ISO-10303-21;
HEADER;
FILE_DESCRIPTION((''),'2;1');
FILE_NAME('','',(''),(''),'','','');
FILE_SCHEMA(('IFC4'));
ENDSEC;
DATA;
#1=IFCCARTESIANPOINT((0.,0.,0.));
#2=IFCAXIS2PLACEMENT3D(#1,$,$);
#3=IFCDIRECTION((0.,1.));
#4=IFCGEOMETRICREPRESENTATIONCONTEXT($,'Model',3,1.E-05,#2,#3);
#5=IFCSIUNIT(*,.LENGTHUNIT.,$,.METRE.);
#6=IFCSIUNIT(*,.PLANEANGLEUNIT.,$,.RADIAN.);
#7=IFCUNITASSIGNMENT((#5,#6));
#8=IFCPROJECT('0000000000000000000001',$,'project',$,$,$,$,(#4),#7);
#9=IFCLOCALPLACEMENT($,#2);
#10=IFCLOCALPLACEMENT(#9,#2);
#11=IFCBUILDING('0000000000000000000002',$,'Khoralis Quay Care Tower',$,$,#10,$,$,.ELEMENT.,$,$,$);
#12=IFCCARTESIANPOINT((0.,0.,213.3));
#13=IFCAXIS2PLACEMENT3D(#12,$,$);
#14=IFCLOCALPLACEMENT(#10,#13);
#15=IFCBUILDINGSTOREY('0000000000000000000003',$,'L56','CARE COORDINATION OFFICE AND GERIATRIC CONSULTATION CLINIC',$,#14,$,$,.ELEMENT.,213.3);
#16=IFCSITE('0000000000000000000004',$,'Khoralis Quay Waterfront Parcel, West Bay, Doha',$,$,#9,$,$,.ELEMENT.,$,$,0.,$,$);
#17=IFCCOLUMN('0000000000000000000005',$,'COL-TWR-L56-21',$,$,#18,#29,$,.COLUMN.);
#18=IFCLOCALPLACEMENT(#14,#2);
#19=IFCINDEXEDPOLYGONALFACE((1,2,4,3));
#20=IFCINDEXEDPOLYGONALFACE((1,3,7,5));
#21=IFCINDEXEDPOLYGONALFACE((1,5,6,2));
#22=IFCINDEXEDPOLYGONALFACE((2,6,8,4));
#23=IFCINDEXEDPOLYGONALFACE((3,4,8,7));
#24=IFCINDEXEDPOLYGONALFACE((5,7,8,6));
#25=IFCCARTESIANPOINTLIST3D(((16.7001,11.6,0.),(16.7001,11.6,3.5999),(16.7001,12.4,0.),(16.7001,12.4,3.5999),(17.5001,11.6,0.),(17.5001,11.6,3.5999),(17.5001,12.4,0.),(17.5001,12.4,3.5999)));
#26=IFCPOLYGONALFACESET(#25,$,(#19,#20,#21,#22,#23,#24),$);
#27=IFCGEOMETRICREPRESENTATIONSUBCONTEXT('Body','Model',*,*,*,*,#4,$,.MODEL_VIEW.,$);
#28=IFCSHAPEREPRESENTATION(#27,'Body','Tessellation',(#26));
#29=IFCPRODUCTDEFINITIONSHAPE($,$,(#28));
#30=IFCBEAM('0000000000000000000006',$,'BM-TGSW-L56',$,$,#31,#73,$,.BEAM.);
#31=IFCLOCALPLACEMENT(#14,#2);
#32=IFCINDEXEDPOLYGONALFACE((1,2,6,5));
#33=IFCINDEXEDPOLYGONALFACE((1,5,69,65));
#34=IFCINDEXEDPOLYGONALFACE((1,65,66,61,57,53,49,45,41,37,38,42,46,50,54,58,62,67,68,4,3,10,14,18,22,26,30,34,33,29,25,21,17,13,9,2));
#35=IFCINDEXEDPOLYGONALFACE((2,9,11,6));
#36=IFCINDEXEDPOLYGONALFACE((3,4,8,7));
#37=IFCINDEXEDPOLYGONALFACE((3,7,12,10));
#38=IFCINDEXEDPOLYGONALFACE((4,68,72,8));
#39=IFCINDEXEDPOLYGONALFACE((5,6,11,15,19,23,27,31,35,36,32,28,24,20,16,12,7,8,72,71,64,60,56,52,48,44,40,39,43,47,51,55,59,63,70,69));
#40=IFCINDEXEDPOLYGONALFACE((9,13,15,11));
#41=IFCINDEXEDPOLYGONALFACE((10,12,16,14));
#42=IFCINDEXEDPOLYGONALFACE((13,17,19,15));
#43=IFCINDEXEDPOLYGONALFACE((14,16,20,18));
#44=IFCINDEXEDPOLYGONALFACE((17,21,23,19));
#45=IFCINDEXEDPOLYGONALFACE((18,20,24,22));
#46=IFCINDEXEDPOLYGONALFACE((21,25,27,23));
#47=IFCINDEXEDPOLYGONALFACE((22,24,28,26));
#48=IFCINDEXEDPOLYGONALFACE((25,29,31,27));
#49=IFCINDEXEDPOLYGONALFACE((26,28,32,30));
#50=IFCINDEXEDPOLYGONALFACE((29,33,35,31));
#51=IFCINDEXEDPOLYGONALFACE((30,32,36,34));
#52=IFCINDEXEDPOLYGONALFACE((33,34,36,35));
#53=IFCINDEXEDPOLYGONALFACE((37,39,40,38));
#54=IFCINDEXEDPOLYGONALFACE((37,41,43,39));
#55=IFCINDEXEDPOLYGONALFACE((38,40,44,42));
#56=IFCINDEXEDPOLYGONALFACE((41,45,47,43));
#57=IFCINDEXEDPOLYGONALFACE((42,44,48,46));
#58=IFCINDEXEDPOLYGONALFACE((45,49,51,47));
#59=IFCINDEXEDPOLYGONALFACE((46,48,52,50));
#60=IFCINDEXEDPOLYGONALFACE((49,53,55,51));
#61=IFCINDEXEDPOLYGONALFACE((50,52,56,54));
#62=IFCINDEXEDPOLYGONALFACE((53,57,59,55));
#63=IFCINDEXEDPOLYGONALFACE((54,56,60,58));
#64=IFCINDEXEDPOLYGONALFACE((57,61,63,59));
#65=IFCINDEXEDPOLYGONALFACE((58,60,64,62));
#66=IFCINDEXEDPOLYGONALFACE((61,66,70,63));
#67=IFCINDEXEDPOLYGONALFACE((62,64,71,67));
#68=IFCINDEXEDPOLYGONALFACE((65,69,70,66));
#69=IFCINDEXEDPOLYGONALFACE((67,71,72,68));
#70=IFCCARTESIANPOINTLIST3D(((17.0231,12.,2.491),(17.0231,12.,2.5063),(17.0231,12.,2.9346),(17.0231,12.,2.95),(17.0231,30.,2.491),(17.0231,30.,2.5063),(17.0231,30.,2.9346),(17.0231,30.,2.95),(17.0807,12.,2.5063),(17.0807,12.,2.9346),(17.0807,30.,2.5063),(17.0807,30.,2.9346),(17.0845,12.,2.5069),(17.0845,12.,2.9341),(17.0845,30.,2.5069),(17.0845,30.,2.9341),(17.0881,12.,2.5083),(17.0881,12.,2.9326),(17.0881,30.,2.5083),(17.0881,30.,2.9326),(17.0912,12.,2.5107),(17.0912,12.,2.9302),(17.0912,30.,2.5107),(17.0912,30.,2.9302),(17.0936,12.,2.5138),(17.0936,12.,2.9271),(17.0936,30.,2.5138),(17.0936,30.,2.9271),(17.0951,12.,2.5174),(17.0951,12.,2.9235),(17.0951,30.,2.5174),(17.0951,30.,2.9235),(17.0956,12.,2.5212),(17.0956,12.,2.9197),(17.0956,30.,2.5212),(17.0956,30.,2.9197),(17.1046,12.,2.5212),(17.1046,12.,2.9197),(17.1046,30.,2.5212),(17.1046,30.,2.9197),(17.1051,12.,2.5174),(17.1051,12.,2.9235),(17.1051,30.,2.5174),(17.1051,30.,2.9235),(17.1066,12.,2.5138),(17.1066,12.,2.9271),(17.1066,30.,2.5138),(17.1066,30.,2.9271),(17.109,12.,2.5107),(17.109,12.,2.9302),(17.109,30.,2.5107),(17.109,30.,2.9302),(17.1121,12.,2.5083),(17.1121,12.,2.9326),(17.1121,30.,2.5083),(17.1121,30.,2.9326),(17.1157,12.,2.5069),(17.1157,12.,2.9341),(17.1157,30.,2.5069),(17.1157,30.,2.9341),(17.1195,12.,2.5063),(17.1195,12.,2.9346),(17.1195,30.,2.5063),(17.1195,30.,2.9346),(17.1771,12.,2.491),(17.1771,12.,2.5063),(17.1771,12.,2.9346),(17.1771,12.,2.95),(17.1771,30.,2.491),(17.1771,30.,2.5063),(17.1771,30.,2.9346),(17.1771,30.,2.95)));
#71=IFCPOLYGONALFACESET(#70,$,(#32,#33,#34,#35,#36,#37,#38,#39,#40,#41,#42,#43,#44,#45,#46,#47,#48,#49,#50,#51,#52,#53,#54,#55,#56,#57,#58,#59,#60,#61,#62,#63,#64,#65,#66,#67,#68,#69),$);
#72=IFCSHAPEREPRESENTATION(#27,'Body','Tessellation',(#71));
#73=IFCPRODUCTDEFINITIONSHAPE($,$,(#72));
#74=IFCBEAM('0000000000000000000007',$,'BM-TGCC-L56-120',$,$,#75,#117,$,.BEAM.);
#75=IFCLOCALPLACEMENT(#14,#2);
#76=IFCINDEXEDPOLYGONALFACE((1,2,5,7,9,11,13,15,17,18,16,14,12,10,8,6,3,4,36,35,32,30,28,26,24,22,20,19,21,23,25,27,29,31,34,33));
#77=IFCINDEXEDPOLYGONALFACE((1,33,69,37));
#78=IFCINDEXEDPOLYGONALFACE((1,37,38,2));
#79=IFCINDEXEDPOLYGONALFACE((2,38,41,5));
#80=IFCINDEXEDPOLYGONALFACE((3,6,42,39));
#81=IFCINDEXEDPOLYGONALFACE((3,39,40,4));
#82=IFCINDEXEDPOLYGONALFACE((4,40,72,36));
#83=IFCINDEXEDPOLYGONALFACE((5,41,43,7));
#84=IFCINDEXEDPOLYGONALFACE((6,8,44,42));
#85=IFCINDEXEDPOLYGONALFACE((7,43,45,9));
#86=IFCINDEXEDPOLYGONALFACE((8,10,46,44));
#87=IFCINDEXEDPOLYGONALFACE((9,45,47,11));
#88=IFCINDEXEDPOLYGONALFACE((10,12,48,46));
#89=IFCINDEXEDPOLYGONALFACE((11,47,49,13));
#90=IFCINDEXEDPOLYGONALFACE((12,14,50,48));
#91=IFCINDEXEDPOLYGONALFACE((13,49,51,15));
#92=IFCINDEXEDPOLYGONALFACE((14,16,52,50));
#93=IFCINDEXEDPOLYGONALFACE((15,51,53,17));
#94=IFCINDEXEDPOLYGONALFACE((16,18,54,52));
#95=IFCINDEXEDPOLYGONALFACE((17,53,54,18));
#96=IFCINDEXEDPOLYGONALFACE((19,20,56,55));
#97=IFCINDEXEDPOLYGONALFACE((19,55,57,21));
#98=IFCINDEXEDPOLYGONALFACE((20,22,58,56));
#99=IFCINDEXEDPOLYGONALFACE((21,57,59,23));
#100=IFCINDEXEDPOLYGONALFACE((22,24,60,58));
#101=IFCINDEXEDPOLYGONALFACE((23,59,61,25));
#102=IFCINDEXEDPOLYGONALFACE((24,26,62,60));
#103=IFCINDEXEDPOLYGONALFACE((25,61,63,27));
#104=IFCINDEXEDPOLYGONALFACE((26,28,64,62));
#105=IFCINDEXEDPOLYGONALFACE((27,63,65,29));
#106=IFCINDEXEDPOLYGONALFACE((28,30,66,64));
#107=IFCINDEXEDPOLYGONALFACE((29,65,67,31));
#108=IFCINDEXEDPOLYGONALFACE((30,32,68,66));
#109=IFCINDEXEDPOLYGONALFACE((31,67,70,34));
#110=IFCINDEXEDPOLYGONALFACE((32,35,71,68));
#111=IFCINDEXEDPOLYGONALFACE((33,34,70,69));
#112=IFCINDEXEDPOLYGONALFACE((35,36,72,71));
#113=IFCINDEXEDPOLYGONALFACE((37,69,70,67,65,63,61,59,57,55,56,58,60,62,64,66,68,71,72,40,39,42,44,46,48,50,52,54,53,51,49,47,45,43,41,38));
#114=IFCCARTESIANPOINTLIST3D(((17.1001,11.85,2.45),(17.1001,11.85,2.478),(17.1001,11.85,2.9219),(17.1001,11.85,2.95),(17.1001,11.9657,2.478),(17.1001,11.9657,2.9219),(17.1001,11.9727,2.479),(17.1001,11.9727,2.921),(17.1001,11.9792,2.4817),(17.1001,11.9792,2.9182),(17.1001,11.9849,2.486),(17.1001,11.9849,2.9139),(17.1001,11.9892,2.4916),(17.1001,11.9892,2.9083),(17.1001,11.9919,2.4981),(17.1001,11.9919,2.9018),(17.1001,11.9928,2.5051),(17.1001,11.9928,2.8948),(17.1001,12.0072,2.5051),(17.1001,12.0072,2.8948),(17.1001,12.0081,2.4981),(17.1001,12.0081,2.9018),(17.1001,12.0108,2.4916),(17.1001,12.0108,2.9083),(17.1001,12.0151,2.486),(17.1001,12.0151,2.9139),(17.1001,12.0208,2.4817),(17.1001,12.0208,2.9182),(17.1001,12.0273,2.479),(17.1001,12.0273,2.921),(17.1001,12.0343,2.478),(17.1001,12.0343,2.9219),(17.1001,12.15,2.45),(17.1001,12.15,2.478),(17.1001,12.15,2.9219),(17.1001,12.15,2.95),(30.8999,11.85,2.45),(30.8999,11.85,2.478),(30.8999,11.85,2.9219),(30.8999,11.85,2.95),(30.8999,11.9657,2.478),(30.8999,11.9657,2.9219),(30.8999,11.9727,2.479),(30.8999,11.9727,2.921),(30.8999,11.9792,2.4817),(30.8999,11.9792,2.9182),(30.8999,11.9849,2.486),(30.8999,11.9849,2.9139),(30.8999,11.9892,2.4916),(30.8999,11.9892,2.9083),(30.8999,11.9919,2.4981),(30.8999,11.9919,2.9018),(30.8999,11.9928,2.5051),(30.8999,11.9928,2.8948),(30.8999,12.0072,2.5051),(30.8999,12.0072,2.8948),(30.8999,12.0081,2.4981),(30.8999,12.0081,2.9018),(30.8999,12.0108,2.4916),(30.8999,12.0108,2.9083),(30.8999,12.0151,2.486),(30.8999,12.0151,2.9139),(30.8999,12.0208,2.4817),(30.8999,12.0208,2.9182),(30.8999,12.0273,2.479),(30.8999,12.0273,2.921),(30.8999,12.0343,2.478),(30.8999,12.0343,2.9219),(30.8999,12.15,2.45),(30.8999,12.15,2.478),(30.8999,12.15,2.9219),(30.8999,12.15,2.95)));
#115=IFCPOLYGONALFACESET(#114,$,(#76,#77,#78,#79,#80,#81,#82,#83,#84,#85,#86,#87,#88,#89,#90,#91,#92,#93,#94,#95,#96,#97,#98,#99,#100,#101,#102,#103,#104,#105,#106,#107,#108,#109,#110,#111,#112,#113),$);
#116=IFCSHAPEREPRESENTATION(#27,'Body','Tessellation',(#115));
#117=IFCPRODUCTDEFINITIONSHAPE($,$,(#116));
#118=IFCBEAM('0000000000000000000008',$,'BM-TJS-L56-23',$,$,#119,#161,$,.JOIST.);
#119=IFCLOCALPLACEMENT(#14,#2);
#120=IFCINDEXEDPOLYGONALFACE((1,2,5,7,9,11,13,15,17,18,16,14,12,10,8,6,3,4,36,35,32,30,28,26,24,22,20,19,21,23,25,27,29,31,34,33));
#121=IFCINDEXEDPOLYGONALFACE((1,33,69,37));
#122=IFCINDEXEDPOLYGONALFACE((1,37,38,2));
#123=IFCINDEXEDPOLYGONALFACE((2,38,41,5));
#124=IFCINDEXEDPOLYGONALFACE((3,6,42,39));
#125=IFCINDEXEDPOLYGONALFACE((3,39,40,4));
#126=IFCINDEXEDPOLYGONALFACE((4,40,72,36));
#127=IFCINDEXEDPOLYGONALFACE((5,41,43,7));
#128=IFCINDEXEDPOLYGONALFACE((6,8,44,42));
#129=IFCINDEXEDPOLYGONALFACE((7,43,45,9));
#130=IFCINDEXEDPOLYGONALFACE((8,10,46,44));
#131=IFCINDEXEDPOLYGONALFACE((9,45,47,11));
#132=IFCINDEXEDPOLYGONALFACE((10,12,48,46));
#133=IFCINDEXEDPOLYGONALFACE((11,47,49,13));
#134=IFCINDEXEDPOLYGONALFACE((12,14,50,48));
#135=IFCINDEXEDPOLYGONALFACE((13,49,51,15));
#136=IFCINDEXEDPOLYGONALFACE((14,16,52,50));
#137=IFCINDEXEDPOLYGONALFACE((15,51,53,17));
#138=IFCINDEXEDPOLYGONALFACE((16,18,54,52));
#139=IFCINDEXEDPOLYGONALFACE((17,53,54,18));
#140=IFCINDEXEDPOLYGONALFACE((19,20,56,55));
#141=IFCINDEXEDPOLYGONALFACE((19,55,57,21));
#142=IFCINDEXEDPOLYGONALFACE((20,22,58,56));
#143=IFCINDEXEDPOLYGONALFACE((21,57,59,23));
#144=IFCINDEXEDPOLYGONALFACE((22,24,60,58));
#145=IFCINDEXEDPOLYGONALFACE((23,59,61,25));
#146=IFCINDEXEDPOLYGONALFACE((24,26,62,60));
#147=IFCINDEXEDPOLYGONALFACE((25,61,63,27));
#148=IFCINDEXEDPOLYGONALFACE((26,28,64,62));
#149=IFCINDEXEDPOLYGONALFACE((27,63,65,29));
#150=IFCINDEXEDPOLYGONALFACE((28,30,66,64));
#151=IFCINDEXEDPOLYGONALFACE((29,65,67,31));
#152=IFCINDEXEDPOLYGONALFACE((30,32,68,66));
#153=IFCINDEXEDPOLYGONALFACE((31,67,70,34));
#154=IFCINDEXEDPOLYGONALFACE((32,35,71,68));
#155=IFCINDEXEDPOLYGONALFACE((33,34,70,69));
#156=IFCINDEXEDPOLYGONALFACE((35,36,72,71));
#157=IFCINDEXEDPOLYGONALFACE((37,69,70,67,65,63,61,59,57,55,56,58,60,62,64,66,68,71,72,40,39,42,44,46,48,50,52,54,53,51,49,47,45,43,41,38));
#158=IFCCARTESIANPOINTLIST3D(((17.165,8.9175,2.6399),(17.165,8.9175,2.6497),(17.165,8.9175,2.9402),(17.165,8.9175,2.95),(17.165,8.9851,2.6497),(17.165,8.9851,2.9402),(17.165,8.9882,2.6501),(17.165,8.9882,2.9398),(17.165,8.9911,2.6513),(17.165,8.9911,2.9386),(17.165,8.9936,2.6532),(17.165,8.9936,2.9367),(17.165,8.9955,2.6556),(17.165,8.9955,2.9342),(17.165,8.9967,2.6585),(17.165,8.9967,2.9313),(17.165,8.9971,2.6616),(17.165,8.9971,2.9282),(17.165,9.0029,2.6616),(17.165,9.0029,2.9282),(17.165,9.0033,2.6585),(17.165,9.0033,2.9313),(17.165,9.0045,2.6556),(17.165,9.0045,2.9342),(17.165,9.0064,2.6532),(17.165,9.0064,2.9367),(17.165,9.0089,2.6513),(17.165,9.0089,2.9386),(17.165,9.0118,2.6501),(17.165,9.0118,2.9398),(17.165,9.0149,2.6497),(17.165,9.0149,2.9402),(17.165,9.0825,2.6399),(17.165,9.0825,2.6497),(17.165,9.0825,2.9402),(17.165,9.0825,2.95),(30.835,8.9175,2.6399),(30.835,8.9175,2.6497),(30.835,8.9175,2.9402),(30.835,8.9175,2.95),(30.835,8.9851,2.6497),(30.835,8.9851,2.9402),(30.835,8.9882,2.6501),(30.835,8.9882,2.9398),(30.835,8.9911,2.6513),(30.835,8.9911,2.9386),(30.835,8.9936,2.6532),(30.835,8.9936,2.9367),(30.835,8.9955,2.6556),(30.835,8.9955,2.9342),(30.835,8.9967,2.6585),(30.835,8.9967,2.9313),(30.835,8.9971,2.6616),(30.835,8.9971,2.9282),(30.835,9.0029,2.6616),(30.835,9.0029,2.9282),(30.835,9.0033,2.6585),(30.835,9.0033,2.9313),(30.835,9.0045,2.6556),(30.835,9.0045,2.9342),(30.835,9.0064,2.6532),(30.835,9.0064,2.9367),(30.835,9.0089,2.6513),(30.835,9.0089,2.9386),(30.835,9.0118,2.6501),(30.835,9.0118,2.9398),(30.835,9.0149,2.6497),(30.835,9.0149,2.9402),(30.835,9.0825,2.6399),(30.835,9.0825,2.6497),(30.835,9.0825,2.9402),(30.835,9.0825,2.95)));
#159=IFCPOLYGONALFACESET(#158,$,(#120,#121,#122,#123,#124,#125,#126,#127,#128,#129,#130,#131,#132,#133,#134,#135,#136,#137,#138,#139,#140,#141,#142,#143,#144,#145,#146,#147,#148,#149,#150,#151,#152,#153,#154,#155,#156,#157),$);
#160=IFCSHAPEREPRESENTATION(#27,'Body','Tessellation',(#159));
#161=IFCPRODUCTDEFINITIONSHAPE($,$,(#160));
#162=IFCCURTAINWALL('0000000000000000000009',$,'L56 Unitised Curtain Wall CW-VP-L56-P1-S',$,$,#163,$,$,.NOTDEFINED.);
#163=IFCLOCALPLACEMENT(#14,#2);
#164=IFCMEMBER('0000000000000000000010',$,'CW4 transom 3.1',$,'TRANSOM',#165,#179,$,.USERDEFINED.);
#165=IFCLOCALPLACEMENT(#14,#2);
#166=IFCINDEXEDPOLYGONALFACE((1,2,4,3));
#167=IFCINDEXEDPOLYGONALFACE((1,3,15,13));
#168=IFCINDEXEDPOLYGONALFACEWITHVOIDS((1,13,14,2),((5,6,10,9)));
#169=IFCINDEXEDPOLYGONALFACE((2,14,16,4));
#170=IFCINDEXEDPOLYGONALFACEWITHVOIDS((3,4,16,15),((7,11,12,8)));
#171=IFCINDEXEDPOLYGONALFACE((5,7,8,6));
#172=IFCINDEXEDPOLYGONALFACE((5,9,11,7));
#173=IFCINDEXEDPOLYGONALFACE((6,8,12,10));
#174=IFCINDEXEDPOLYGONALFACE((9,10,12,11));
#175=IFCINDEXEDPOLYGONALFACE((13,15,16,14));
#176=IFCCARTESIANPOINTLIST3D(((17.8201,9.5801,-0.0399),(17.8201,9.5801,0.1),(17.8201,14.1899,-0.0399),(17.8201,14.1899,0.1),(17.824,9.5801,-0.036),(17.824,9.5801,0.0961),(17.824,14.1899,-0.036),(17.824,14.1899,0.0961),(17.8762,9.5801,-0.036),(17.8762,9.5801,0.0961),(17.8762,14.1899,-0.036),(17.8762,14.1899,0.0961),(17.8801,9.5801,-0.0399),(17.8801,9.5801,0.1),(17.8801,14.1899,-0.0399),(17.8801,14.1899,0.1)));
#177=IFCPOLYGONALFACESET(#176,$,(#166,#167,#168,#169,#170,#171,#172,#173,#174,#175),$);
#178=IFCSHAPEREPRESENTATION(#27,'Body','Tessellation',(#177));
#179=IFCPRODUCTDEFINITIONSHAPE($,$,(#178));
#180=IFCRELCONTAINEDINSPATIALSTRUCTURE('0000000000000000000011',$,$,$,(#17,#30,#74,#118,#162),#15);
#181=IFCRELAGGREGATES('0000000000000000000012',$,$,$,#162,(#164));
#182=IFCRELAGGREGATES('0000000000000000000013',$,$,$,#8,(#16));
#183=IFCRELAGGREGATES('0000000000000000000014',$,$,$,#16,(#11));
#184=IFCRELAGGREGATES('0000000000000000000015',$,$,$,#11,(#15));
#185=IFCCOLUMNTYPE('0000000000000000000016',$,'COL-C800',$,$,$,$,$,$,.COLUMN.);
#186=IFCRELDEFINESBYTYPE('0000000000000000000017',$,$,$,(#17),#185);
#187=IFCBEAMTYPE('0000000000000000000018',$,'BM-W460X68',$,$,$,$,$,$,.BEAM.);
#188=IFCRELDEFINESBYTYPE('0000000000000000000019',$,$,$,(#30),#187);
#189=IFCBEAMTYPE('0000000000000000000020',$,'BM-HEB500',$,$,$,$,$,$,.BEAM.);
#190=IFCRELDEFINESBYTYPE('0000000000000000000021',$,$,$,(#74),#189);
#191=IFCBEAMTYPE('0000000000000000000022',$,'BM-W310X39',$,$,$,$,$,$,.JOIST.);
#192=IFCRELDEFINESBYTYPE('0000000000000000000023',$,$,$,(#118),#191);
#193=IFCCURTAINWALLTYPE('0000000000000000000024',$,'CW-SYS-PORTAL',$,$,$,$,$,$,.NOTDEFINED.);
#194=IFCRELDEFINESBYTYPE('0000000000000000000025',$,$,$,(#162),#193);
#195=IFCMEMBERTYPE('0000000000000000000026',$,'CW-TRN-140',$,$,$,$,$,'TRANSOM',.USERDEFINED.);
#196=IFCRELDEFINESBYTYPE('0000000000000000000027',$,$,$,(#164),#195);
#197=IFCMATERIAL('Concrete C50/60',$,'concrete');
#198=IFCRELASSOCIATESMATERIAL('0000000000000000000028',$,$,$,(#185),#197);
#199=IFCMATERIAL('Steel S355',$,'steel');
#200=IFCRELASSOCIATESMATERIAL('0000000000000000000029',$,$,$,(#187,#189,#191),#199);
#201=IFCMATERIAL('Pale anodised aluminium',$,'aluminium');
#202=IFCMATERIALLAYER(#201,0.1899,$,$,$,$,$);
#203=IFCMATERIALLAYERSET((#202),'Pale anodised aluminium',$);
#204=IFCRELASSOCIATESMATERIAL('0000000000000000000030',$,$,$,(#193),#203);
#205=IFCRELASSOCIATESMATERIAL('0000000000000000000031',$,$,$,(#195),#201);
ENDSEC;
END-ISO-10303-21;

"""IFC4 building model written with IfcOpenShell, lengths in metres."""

from ifc_helpers import new_model, si_unit, direction, frame, origin, origin_2d, place, context, subcontext, project, spatial, rectangle, hollow_rectangle, i_section, extrude, source, transform, mapped, material, layer, layer_set, material_profile, profile_set, type_object, element, aggregate, save


model = new_model("IFC4")

# Units and contexts
model_context = context("Model", 3, precision=1e-05, world=origin(), true_north=direction((0.0, 1.0)))
body_context = subcontext(model_context, "Body", "Model", "MODEL_VIEW")
ifc_project = project(units=[si_unit("LENGTHUNIT", "METRE"), si_unit("PLANEANGLEUNIT", "RADIAN")], contexts=[model_context])

# Site, building, storey
site_placement = place(None, origin())
site = spatial("IfcSite", under=ifc_project, at=site_placement, Name="Khoralis Quay Waterfront Parcel, West Bay, Doha", CompositionType="ELEMENT", RefElevation=0.0)
building_placement = place(site_placement, origin())
building = spatial("IfcBuilding", under=site, at=building_placement, Name="Khoralis Quay Care Tower", CompositionType="ELEMENT")
storey_placement = place(building_placement, frame((0.0, 0.0, 213.3)))
storey = spatial("IfcBuildingStorey", under=building, at=storey_placement, Name="L56", Description="CARE COORDINATION OFFICE AND GERIATRIC CONSULTATION CLINIC", CompositionType="ELEMENT", Elevation=213.3)

# Column
ifc_material_1 = material(Name="Concrete C50/60", Category="concrete")
ifc_material_profile_1 = material_profile(ifc_material_1, rectangle(XDim=0.8, YDim=0.8, at=origin_2d()), Name="Concrete C50/60")
ifc_profile_set_1 = profile_set([ifc_material_profile_1], Name="Concrete C50/60")
column_type = type_object("IfcColumnType", Name="COL-C800", PredefinedType="COLUMN", material=ifc_profile_set_1)
shared_shape_1 = source(origin(), body_context, "Body", "SweptSolid", [
    extrude(rectangle(XDim=0.8, YDim=0.8, at=origin_2d()), origin(), (0.0, 0.0, 1.0), 3.5999),
])
column_placement = place(storey_placement, frame((17.1001, 12.0, 0.0), z_axis=(0.0, 0.0, 1.0), x_axis=(1.0, 0.0, 0.0)))
element("IfcColumn", 1, at=column_placement, inside=storey, type_object=column_type, Name="COL-TWR-L56-21", PredefinedType="COLUMN", context=body_context, shape_type="MappedRepresentation", body=[
    mapped(shared_shape_1, transform((0.0, 0.0, 0.0), scale=1.0)),
])

# Beams
ifc_material_2 = material(Name="Steel S355", Category="steel")
ifc_material_profile_2 = material_profile(ifc_material_2, i_section(OverallWidth=0.1541, OverallDepth=0.459, WebThickness=0.009, FlangeThickness=0.0154, FilletRadius=0.0149, at=origin_2d()), Name="Steel S355")
ifc_profile_set_2 = profile_set([ifc_material_profile_2], Name="Steel S355")
beam_type_1 = type_object("IfcBeamType", Name="BM-W460X68", PredefinedType="BEAM", material=ifc_profile_set_2)
shared_shape_2 = source(origin(), body_context, "Body", "SweptSolid", [
    extrude(i_section(OverallWidth=0.1541, OverallDepth=0.459, WebThickness=0.009, FlangeThickness=0.0154, FilletRadius=0.0149, at=origin_2d()), origin(), (0.0, 0.0, 1.0), 18.0),
])
beam_1_placement = place(storey_placement, frame((17.1001, 12.0, 2.7205), z_axis=(0.0, 1.0, 0.0), x_axis=(-1.0, 0.0, 0.0)))
element("IfcBeam", 2, at=beam_1_placement, inside=storey, type_object=beam_type_1, Name="BM-TGSW-L56", PredefinedType="BEAM", context=body_context, shape_type="MappedRepresentation", body=[
    mapped(shared_shape_2, transform((0.0, 0.0, 0.0), scale=1.0)),
])
ifc_material_profile_3 = material_profile(ifc_material_2, i_section(OverallWidth=0.3, OverallDepth=0.5, WebThickness=0.0144, FlangeThickness=0.0281, FilletRadius=0.0271, at=origin_2d()), Name="Steel S355")
ifc_profile_set_3 = profile_set([ifc_material_profile_3], Name="Steel S355")
beam_type_2 = type_object("IfcBeamType", Name="BM-HEB500", PredefinedType="BEAM", material=ifc_profile_set_3)
shared_shape_3 = source(origin(), body_context, "Body", "SweptSolid", [
    extrude(i_section(OverallWidth=0.3, OverallDepth=0.5, WebThickness=0.0144, FlangeThickness=0.0281, FilletRadius=0.0271, at=origin_2d()), origin(), (0.0, 0.0, 1.0), 13.7998),
])
beam_2_placement = place(storey_placement, frame((17.1001, 12.0, 2.7), z_axis=(1.0, 0.0, 0.0), x_axis=(0.0, 1.0, 0.0)))
element("IfcBeam", 3, at=beam_2_placement, inside=storey, type_object=beam_type_2, Name="BM-TGCC-L56-120", PredefinedType="BEAM", context=body_context, shape_type="MappedRepresentation", body=[
    mapped(shared_shape_3, transform((0.0, 0.0, 0.0), scale=1.0)),
])
ifc_material_profile_4 = material_profile(ifc_material_2, i_section(OverallWidth=0.165, OverallDepth=0.3101, WebThickness=0.0059, FlangeThickness=0.0098, FilletRadius=0.012, at=origin_2d()), Name="Steel S355")
ifc_profile_set_4 = profile_set([ifc_material_profile_4], Name="Steel S355")
beam_type_3 = type_object("IfcBeamType", Name="BM-W310X39", PredefinedType="JOIST", material=ifc_profile_set_4)
shared_shape_4 = source(origin(), body_context, "Body", "SweptSolid", [
    extrude(i_section(OverallWidth=0.165, OverallDepth=0.3101, WebThickness=0.0059, FlangeThickness=0.0098, FilletRadius=0.012, at=origin_2d()), origin(), (0.0, 0.0, 1.0), 13.6699),
])
beam_3_placement = place(storey_placement, frame((17.165, 9.0, 2.7949), z_axis=(1.0, 0.0, 0.0), x_axis=(0.0, 1.0, 0.0)))
element("IfcBeam", 4, at=beam_3_placement, inside=storey, type_object=beam_type_3, Name="BM-TJS-L56-23", PredefinedType="JOIST", context=body_context, shape_type="MappedRepresentation", body=[
    mapped(shared_shape_4, transform((0.0, 0.0, 0.0), scale=1.0)),
])

# Curtain wall, member
ifc_material_3 = material(Name="Pale anodised aluminium", Category="aluminium")
ifc_layer_1 = layer(ifc_material_3, 0.1899)
ifc_layer_set_1 = layer_set([ifc_layer_1], Name="Pale anodised aluminium")
curtain_wall_type = type_object("IfcCurtainWallType", Name="CW-SYS-PORTAL", PredefinedType="NOTDEFINED", material=ifc_layer_set_1)
curtain_wall_placement = place(storey_placement, origin())
curtain_wall = element("IfcCurtainWall", 5, at=curtain_wall_placement, inside=storey, type_object=curtain_wall_type, Name="L56 Unitised Curtain Wall CW-VP-L56-P1-S", PredefinedType="NOTDEFINED")
ifc_material_profile_5 = material_profile(ifc_material_3, hollow_rectangle(XDim=0.0601, YDim=0.1399, WallThickness=0.0039, at=origin_2d()), Name="Pale anodised aluminium")
ifc_profile_set_5 = profile_set([ifc_material_profile_5], Name="Pale anodised aluminium")
member_type_1 = type_object("IfcMemberType", Name="CW-TRN-140", ElementType="TRANSOM", PredefinedType="USERDEFINED", material=ifc_profile_set_5)
shared_shape_5 = source(origin(), body_context, "Body", "SweptSolid", [
    extrude(hollow_rectangle(XDim=0.0601, YDim=0.1399, WallThickness=0.0039, at=origin_2d()), origin(), (0.0, 0.0, 1.0), 4.6099),
])
member_1_placement = place(storey_placement, frame((17.8501, 9.5801, 0.03), z_axis=(0.0, 1.0, 0.0), x_axis=(-1.0, 0.0, 0.0)))
member_1 = element("IfcMember", 6, at=member_1_placement, type_object=member_type_1, Name="CW4 transom 3.1", ObjectType="TRANSOM", PredefinedType="USERDEFINED", context=body_context, shape_type="MappedRepresentation", body=[
    mapped(shared_shape_5, transform((0.0, 0.0, 0.0), scale=1.0)),
])
aggregate(curtain_wall, [member_1])

save(model, "model.ifc")
